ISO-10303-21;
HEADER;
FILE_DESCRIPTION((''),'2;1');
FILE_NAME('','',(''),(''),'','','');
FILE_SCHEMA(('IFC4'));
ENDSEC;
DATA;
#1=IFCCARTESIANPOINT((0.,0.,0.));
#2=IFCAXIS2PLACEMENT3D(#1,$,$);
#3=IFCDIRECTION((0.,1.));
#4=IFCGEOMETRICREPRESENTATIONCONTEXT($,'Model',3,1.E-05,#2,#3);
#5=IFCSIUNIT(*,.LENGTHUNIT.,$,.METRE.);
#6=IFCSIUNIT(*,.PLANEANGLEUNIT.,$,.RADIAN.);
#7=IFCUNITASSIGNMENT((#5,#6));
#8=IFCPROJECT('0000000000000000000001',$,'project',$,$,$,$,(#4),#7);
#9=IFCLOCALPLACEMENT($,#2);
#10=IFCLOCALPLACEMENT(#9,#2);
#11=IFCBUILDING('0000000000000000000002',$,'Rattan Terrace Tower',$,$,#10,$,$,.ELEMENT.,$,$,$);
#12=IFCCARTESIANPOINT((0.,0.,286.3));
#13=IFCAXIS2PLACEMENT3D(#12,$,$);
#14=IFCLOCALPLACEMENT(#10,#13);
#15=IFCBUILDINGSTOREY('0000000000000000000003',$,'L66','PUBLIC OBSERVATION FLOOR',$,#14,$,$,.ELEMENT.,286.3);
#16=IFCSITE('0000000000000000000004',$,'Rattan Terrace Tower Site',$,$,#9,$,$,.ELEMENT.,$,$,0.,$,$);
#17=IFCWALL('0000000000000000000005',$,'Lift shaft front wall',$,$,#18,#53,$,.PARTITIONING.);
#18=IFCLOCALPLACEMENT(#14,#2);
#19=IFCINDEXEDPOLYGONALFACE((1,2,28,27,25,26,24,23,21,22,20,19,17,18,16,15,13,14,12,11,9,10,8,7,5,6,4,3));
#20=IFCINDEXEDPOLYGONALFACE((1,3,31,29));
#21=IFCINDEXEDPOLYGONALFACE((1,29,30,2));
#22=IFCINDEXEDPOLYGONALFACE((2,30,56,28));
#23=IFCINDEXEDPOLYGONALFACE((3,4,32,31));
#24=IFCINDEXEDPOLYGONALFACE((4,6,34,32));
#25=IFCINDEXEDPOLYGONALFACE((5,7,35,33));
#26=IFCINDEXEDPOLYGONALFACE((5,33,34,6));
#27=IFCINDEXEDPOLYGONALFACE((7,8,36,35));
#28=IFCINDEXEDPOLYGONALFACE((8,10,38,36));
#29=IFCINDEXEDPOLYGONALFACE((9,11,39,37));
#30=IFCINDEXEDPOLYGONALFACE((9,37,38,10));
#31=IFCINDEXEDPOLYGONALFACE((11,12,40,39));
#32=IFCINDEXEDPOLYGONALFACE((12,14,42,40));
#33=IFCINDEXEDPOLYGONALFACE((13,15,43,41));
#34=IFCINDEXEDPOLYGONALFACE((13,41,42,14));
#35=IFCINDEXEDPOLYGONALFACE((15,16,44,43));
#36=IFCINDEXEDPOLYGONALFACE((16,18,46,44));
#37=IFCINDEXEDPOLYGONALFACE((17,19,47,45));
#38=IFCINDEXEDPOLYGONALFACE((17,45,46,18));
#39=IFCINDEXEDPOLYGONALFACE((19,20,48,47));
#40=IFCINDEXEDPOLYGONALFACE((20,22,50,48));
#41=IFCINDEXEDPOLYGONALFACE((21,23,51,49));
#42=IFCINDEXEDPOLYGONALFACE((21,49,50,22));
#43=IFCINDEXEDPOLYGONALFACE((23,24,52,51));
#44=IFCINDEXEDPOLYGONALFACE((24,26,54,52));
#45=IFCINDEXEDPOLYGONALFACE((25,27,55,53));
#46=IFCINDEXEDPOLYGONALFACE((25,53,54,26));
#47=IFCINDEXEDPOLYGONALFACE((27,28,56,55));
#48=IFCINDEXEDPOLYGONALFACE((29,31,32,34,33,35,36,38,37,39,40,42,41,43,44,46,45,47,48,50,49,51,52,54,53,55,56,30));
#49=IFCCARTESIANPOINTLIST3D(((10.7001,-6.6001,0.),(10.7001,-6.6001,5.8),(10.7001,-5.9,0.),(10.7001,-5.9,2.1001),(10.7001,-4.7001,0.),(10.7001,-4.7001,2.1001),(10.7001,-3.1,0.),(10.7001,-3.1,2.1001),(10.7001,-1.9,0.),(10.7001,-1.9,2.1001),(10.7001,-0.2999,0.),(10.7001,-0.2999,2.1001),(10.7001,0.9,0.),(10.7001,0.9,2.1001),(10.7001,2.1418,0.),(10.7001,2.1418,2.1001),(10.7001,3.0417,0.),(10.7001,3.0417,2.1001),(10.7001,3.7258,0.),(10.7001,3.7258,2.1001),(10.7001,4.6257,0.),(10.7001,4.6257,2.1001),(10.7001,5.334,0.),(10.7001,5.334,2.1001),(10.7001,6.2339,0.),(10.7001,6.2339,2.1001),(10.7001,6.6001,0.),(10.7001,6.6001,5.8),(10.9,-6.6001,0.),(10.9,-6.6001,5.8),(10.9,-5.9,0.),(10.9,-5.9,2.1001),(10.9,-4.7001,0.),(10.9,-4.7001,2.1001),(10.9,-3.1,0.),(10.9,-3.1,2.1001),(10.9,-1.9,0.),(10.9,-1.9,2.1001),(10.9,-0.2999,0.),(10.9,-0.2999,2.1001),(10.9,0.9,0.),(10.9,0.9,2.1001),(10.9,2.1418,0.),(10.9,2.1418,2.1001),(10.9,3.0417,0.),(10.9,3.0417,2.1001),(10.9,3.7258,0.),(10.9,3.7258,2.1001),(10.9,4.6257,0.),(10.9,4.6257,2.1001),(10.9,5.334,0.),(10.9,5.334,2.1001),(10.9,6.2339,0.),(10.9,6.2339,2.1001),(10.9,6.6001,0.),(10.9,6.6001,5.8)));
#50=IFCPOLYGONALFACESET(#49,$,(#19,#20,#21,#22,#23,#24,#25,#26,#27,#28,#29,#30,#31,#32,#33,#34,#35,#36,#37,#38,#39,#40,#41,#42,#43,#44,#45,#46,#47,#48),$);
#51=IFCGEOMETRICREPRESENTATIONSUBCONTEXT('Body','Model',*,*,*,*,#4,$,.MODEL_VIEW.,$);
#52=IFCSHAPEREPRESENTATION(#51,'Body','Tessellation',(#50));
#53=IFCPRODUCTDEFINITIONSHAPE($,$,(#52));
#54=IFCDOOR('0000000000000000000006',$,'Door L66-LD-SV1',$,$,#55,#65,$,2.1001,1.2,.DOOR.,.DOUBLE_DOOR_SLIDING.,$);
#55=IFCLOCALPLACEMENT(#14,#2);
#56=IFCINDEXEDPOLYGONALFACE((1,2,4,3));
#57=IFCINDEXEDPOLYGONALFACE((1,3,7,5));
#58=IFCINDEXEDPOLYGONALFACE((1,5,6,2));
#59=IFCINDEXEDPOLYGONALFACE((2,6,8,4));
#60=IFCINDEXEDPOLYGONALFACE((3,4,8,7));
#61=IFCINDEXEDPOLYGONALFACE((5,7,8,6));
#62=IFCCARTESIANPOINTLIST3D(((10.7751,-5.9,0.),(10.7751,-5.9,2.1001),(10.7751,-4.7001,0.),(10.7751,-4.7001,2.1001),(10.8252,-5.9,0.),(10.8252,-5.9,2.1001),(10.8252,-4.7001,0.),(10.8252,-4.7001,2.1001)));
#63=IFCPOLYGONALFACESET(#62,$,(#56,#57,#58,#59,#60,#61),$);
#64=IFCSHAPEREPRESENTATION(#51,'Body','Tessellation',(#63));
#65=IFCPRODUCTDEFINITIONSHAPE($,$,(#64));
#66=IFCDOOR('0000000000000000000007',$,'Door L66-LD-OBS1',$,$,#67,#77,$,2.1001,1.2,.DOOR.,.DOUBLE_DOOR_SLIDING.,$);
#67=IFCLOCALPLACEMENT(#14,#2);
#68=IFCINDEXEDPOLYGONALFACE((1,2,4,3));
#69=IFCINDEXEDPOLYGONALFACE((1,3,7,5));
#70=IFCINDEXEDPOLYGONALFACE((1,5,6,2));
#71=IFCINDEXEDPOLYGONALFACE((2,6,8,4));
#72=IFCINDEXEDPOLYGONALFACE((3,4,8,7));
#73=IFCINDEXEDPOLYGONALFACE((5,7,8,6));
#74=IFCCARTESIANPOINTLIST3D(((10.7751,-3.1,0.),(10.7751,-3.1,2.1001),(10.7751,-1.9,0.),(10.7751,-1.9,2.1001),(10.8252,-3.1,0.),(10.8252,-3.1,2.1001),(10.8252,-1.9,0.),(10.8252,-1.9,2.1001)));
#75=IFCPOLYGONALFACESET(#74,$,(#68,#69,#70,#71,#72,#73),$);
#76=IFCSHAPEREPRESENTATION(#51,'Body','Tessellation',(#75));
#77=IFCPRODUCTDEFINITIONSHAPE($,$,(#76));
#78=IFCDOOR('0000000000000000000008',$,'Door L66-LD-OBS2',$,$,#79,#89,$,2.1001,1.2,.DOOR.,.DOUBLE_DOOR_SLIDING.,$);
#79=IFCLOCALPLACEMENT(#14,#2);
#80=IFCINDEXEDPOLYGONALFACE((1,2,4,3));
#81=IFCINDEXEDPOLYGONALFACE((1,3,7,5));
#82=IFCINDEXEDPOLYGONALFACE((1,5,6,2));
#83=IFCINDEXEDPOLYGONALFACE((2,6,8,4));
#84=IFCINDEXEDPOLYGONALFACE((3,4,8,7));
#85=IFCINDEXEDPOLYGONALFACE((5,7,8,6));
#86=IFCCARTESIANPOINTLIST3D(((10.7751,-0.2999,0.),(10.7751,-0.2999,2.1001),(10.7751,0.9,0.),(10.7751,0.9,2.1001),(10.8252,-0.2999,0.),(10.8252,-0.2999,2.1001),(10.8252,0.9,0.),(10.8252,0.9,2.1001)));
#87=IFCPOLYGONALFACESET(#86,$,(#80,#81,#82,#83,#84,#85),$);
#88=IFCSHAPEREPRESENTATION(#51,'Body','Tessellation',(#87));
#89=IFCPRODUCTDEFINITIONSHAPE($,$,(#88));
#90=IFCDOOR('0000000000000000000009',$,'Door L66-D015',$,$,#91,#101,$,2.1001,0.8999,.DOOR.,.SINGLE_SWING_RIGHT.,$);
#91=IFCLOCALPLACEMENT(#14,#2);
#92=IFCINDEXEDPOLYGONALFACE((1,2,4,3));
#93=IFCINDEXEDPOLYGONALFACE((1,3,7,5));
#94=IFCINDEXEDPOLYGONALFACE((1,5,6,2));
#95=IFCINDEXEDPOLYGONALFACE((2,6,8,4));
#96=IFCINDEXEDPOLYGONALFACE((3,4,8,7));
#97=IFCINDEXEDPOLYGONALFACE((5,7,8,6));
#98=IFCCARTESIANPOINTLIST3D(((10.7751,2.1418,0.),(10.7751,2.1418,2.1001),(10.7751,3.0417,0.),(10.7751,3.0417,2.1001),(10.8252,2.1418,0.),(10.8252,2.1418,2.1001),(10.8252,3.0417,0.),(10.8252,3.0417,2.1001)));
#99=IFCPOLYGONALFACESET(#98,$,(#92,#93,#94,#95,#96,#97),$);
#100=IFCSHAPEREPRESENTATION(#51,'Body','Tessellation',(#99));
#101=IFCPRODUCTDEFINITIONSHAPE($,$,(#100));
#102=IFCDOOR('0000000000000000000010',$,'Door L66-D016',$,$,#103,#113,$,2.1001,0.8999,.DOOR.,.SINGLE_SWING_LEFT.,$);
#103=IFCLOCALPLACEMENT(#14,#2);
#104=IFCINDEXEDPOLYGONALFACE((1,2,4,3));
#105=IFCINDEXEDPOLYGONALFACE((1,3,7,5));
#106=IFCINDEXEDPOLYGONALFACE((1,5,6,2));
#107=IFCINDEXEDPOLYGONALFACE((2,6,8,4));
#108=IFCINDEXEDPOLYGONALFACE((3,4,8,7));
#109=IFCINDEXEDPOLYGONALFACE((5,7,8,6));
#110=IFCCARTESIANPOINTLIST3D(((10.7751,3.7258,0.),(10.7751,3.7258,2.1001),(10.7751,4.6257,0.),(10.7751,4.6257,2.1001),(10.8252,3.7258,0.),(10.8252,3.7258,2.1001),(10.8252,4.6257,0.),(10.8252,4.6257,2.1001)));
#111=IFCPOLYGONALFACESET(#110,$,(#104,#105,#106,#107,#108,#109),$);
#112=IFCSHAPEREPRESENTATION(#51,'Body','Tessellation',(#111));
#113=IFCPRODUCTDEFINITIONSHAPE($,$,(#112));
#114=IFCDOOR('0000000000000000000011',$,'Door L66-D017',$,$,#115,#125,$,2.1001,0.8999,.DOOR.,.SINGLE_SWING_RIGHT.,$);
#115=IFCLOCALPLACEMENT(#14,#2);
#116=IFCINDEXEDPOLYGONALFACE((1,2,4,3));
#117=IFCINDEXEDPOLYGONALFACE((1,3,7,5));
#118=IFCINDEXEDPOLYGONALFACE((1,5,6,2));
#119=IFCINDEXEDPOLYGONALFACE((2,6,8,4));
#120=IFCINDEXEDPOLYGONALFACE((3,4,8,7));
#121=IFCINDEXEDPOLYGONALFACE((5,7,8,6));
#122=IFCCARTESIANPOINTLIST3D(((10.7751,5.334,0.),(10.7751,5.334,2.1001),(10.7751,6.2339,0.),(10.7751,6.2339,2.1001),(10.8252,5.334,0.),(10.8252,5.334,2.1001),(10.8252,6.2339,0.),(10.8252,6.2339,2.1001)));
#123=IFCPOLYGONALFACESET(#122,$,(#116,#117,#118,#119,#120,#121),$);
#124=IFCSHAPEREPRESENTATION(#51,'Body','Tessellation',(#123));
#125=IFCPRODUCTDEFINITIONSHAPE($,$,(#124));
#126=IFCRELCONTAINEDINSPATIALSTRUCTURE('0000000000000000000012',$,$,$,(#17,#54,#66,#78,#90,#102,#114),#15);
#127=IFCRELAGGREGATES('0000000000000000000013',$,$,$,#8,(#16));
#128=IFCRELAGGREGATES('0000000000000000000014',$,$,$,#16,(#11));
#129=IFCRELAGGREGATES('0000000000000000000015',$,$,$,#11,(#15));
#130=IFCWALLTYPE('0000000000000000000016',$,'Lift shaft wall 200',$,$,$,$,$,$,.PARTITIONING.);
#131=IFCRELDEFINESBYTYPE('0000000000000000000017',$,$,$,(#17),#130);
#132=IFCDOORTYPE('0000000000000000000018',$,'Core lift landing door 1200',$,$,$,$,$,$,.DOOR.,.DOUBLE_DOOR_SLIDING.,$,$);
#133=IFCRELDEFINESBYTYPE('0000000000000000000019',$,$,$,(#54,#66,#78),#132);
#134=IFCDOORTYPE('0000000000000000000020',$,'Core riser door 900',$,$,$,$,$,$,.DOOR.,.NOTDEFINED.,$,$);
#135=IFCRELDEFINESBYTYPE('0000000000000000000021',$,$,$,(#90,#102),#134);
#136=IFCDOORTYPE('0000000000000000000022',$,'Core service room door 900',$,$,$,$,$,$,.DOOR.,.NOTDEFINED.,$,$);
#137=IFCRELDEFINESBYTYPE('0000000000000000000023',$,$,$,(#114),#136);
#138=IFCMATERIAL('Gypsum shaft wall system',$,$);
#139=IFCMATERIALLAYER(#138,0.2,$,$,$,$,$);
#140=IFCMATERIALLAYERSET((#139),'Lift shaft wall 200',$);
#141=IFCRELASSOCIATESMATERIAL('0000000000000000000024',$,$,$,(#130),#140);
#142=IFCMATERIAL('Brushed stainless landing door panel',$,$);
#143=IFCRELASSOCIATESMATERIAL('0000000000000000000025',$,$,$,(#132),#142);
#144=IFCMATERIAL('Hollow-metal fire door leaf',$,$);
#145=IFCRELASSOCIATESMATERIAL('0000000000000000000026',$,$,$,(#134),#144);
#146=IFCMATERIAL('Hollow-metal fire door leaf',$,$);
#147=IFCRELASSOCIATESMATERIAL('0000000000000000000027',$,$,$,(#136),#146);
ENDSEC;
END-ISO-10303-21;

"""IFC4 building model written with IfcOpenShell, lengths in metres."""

from ifc_helpers import new_model, si_unit, direction, frame, frame_2d, origin, place, context, subcontext, project, spatial, rectangle, extrude, material, layer, layer_set, type_object, element, fill, save


model = new_model("IFC4")

# Units and contexts
model_context = context("Model", 3, precision=1e-05, world=origin(), true_north=direction((0.0, 1.0)))
body_context = subcontext(model_context, "Body", "Model", "MODEL_VIEW")
ifc_project = project(units=[si_unit("LENGTHUNIT", "METRE"), si_unit("PLANEANGLEUNIT", "RADIAN")], contexts=[model_context])

# Site, building, storey
site_placement = place(None, origin())
site = spatial("IfcSite", under=ifc_project, at=site_placement, Name="Rattan Terrace Tower Site", CompositionType="ELEMENT", RefElevation=0.0)
building_placement = place(site_placement, origin())
building = spatial("IfcBuilding", under=site, at=building_placement, Name="Rattan Terrace Tower", CompositionType="ELEMENT")
storey_placement = place(building_placement, frame((0.0, 0.0, 286.3)))
storey = spatial("IfcBuildingStorey", under=building, at=storey_placement, Name="L66", Description="PUBLIC OBSERVATION FLOOR", CompositionType="ELEMENT", Elevation=286.3)

# Shared definitions
ifc_material_1 = material(Name="Gypsum shaft wall system")
ifc_layer_1 = layer(ifc_material_1, 0.2)
ifc_layer_set_1 = layer_set([ifc_layer_1], Name="Lift shaft wall 200")
wall_type_1 = type_object("IfcWallType", Name="Lift shaft wall 200", PredefinedType="PARTITIONING", material=ifc_layer_set_1)
ifc_material_2 = material(Name="Brushed stainless landing door panel")
door_type_1 = type_object("IfcDoorType", Name="Core lift landing door 1200", OperationType="DOUBLE_DOOR_SLIDING", PredefinedType="DOOR", material=ifc_material_2)
ifc_material_3 = material(Name="Hollow-metal fire door leaf")
door_type_2 = type_object("IfcDoorType", Name="Core riser door 900", OperationType="NOTDEFINED", PredefinedType="DOOR", material=ifc_material_3)

# Wall, openings, doors
wall_1_placement = place(storey_placement, frame((10.8, -6.6001, 0.0), z_axis=(0.0, 0.0, 1.0), x_axis=(0.0, 1.0, 0.0)))
wall_1 = element("IfcWall", 1, at=wall_1_placement, inside=storey, type_object=wall_type_1, Name="Lift shaft front wall", PredefinedType="PARTITIONING", context=body_context, shape_type="SweptSolid", body=[
    extrude(rectangle(XDim=13.2002, YDim=0.2, at=frame_2d((6.6001, 0.0))), origin(), (0.0, 0.0, 1.0), 5.8),
])
opening_1_placement = place(wall_1_placement, frame((0.7, 0.0, 0.0)))
opening_1 = element("IfcOpeningElement", 2, at=opening_1_placement, cuts=wall_1, PredefinedType="OPENING", context=body_context, shape_type="SweptSolid", body=[
    extrude(rectangle(XDim=1.2, YDim=2.1001, at=frame_2d((0.6001, 1.05))), frame((0.0, 0.1106, 0.0), z_axis=(0.0, -1.0, 0.0), x_axis=(1.0, 0.0, 0.0)), (0.0, 0.0, 1.0), 0.2209),
])
opening_2_placement = place(wall_1_placement, frame((3.5, 0.0, 0.0)))
opening_2 = element("IfcOpeningElement", 3, at=opening_2_placement, cuts=wall_1, PredefinedType="OPENING", context=body_context, shape_type="SweptSolid", body=[
    extrude(rectangle(XDim=1.2, YDim=2.1001, at=frame_2d((0.6001, 1.05))), frame((0.0, 0.1106, 0.0), z_axis=(0.0, -1.0, 0.0), x_axis=(1.0, 0.0, 0.0)), (0.0, 0.0, 1.0), 0.2209),
])
opening_3_placement = place(wall_1_placement, frame((6.3, 0.0, 0.0)))
opening_3 = element("IfcOpeningElement", 4, at=opening_3_placement, cuts=wall_1, PredefinedType="OPENING", context=body_context, shape_type="SweptSolid", body=[
    extrude(rectangle(XDim=1.2, YDim=2.1001, at=frame_2d((0.6001, 1.05))), frame((0.0, 0.1106, 0.0), z_axis=(0.0, -1.0, 0.0), x_axis=(1.0, 0.0, 0.0)), (0.0, 0.0, 1.0), 0.2209),
])
opening_4_placement = place(wall_1_placement, frame((8.7419, 0.0, 0.0)))
opening_4 = element("IfcOpeningElement", 5, at=opening_4_placement, cuts=wall_1, PredefinedType="OPENING", context=body_context, shape_type="SweptSolid", body=[
    extrude(rectangle(XDim=0.8999, YDim=2.1001, at=frame_2d((0.45, 1.05))), frame((0.0, 0.1106, 0.0), z_axis=(0.0, -1.0, 0.0), x_axis=(1.0, 0.0, 0.0)), (0.0, 0.0, 1.0), 0.2209),
])
opening_5_placement = place(wall_1_placement, frame((10.3259, 0.0, 0.0)))
opening_5 = element("IfcOpeningElement", 6, at=opening_5_placement, cuts=wall_1, PredefinedType="OPENING", context=body_context, shape_type="SweptSolid", body=[
    extrude(rectangle(XDim=0.8999, YDim=2.1001, at=frame_2d((0.45, 1.05))), frame((0.0, 0.1106, 0.0), z_axis=(0.0, -1.0, 0.0), x_axis=(1.0, 0.0, 0.0)), (0.0, 0.0, 1.0), 0.2209),
])
opening_6_placement = place(wall_1_placement, frame((11.9341, 0.0, 0.0)))
opening_6 = element("IfcOpeningElement", 7, at=opening_6_placement, cuts=wall_1, PredefinedType="OPENING", context=body_context, shape_type="SweptSolid", body=[
    extrude(rectangle(XDim=0.8999, YDim=2.1001, at=frame_2d((0.45, 1.05))), frame((0.0, 0.1106, 0.0), z_axis=(0.0, -1.0, 0.0), x_axis=(1.0, 0.0, 0.0)), (0.0, 0.0, 1.0), 0.2209),
])
door_1_placement = place(opening_1_placement, origin())
door_1 = element("IfcDoor", 8, at=door_1_placement, inside=storey, type_object=door_type_1, Name="Door L66-LD-SV1", OperationType="DOUBLE_DOOR_SLIDING", OverallHeight=2.1001, OverallWidth=1.2, PredefinedType="DOOR", context=body_context, shape_type="SweptSolid", body=[
    extrude(rectangle(XDim=1.2, YDim=2.1001, at=frame_2d((0.6001, 1.05))), frame((0.0, 0.0249, 0.0), z_axis=(0.0, -1.0, 0.0), x_axis=(1.0, 0.0, 0.0)), (0.0, 0.0, 1.0), 0.05),
])
fill(opening_1, door_1)
door_2_placement = place(opening_2_placement, origin())
door_2 = element("IfcDoor", 9, at=door_2_placement, inside=storey, type_object=door_type_1, Name="Door L66-LD-OBS1", OperationType="DOUBLE_DOOR_SLIDING", OverallHeight=2.1001, OverallWidth=1.2, PredefinedType="DOOR", context=body_context, shape_type="SweptSolid", body=[
    extrude(rectangle(XDim=1.2, YDim=2.1001, at=frame_2d((0.6001, 1.05))), frame((0.0, 0.0249, 0.0), z_axis=(0.0, -1.0, 0.0), x_axis=(1.0, 0.0, 0.0)), (0.0, 0.0, 1.0), 0.05),
])
fill(opening_2, door_2)
door_3_placement = place(opening_3_placement, origin())
door_3 = element("IfcDoor", 10, at=door_3_placement, inside=storey, type_object=door_type_1, Name="Door L66-LD-OBS2", OperationType="DOUBLE_DOOR_SLIDING", OverallHeight=2.1001, OverallWidth=1.2, PredefinedType="DOOR", context=body_context, shape_type="SweptSolid", body=[
    extrude(rectangle(XDim=1.2, YDim=2.1001, at=frame_2d((0.6001, 1.05))), frame((0.0, 0.0249, 0.0), z_axis=(0.0, -1.0, 0.0), x_axis=(1.0, 0.0, 0.0)), (0.0, 0.0, 1.0), 0.05),
])
fill(opening_3, door_3)
door_4_placement = place(opening_4_placement, origin())
door_4 = element("IfcDoor", 11, at=door_4_placement, inside=storey, type_object=door_type_2, Name="Door L66-D015", OperationType="SINGLE_SWING_RIGHT", OverallHeight=2.1001, OverallWidth=0.8999, PredefinedType="DOOR", context=body_context, shape_type="SweptSolid", body=[
    extrude(rectangle(XDim=0.8999, YDim=2.1001, at=frame_2d((0.45, 1.05))), frame((0.0, 0.0249, 0.0), z_axis=(0.0, -1.0, 0.0), x_axis=(1.0, 0.0, 0.0)), (0.0, 0.0, 1.0), 0.05),
])
fill(opening_4, door_4)
door_5_placement = place(opening_5_placement, origin())
door_5 = element("IfcDoor", 12, at=door_5_placement, inside=storey, type_object=door_type_2, Name="Door L66-D016", OperationType="SINGLE_SWING_LEFT", OverallHeight=2.1001, OverallWidth=0.8999, PredefinedType="DOOR", context=body_context, shape_type="SweptSolid", body=[
    extrude(rectangle(XDim=0.8999, YDim=2.1001, at=frame_2d((0.45, 1.05))), frame((0.0, 0.0249, 0.0), z_axis=(0.0, -1.0, 0.0), x_axis=(1.0, 0.0, 0.0)), (0.0, 0.0, 1.0), 0.05),
])
fill(opening_5, door_5)
ifc_material_4 = material(Name="Hollow-metal fire door leaf")
door_type_3 = type_object("IfcDoorType", Name="Core service room door 900", OperationType="NOTDEFINED", PredefinedType="DOOR", material=ifc_material_4)
door_6_placement = place(opening_6_placement, origin())
door_6 = element("IfcDoor", 13, at=door_6_placement, inside=storey, type_object=door_type_3, Name="Door L66-D017", OperationType="SINGLE_SWING_RIGHT", OverallHeight=2.1001, OverallWidth=0.8999, PredefinedType="DOOR", context=body_context, shape_type="SweptSolid", body=[
    extrude(rectangle(XDim=0.8999, YDim=2.1001, at=frame_2d((0.45, 1.05))), frame((0.0, 0.0249, 0.0), z_axis=(0.0, -1.0, 0.0), x_axis=(1.0, 0.0, 0.0)), (0.0, 0.0, 1.0), 0.05),
])
fill(opening_6, door_6)

save(model, "model.ifc")
